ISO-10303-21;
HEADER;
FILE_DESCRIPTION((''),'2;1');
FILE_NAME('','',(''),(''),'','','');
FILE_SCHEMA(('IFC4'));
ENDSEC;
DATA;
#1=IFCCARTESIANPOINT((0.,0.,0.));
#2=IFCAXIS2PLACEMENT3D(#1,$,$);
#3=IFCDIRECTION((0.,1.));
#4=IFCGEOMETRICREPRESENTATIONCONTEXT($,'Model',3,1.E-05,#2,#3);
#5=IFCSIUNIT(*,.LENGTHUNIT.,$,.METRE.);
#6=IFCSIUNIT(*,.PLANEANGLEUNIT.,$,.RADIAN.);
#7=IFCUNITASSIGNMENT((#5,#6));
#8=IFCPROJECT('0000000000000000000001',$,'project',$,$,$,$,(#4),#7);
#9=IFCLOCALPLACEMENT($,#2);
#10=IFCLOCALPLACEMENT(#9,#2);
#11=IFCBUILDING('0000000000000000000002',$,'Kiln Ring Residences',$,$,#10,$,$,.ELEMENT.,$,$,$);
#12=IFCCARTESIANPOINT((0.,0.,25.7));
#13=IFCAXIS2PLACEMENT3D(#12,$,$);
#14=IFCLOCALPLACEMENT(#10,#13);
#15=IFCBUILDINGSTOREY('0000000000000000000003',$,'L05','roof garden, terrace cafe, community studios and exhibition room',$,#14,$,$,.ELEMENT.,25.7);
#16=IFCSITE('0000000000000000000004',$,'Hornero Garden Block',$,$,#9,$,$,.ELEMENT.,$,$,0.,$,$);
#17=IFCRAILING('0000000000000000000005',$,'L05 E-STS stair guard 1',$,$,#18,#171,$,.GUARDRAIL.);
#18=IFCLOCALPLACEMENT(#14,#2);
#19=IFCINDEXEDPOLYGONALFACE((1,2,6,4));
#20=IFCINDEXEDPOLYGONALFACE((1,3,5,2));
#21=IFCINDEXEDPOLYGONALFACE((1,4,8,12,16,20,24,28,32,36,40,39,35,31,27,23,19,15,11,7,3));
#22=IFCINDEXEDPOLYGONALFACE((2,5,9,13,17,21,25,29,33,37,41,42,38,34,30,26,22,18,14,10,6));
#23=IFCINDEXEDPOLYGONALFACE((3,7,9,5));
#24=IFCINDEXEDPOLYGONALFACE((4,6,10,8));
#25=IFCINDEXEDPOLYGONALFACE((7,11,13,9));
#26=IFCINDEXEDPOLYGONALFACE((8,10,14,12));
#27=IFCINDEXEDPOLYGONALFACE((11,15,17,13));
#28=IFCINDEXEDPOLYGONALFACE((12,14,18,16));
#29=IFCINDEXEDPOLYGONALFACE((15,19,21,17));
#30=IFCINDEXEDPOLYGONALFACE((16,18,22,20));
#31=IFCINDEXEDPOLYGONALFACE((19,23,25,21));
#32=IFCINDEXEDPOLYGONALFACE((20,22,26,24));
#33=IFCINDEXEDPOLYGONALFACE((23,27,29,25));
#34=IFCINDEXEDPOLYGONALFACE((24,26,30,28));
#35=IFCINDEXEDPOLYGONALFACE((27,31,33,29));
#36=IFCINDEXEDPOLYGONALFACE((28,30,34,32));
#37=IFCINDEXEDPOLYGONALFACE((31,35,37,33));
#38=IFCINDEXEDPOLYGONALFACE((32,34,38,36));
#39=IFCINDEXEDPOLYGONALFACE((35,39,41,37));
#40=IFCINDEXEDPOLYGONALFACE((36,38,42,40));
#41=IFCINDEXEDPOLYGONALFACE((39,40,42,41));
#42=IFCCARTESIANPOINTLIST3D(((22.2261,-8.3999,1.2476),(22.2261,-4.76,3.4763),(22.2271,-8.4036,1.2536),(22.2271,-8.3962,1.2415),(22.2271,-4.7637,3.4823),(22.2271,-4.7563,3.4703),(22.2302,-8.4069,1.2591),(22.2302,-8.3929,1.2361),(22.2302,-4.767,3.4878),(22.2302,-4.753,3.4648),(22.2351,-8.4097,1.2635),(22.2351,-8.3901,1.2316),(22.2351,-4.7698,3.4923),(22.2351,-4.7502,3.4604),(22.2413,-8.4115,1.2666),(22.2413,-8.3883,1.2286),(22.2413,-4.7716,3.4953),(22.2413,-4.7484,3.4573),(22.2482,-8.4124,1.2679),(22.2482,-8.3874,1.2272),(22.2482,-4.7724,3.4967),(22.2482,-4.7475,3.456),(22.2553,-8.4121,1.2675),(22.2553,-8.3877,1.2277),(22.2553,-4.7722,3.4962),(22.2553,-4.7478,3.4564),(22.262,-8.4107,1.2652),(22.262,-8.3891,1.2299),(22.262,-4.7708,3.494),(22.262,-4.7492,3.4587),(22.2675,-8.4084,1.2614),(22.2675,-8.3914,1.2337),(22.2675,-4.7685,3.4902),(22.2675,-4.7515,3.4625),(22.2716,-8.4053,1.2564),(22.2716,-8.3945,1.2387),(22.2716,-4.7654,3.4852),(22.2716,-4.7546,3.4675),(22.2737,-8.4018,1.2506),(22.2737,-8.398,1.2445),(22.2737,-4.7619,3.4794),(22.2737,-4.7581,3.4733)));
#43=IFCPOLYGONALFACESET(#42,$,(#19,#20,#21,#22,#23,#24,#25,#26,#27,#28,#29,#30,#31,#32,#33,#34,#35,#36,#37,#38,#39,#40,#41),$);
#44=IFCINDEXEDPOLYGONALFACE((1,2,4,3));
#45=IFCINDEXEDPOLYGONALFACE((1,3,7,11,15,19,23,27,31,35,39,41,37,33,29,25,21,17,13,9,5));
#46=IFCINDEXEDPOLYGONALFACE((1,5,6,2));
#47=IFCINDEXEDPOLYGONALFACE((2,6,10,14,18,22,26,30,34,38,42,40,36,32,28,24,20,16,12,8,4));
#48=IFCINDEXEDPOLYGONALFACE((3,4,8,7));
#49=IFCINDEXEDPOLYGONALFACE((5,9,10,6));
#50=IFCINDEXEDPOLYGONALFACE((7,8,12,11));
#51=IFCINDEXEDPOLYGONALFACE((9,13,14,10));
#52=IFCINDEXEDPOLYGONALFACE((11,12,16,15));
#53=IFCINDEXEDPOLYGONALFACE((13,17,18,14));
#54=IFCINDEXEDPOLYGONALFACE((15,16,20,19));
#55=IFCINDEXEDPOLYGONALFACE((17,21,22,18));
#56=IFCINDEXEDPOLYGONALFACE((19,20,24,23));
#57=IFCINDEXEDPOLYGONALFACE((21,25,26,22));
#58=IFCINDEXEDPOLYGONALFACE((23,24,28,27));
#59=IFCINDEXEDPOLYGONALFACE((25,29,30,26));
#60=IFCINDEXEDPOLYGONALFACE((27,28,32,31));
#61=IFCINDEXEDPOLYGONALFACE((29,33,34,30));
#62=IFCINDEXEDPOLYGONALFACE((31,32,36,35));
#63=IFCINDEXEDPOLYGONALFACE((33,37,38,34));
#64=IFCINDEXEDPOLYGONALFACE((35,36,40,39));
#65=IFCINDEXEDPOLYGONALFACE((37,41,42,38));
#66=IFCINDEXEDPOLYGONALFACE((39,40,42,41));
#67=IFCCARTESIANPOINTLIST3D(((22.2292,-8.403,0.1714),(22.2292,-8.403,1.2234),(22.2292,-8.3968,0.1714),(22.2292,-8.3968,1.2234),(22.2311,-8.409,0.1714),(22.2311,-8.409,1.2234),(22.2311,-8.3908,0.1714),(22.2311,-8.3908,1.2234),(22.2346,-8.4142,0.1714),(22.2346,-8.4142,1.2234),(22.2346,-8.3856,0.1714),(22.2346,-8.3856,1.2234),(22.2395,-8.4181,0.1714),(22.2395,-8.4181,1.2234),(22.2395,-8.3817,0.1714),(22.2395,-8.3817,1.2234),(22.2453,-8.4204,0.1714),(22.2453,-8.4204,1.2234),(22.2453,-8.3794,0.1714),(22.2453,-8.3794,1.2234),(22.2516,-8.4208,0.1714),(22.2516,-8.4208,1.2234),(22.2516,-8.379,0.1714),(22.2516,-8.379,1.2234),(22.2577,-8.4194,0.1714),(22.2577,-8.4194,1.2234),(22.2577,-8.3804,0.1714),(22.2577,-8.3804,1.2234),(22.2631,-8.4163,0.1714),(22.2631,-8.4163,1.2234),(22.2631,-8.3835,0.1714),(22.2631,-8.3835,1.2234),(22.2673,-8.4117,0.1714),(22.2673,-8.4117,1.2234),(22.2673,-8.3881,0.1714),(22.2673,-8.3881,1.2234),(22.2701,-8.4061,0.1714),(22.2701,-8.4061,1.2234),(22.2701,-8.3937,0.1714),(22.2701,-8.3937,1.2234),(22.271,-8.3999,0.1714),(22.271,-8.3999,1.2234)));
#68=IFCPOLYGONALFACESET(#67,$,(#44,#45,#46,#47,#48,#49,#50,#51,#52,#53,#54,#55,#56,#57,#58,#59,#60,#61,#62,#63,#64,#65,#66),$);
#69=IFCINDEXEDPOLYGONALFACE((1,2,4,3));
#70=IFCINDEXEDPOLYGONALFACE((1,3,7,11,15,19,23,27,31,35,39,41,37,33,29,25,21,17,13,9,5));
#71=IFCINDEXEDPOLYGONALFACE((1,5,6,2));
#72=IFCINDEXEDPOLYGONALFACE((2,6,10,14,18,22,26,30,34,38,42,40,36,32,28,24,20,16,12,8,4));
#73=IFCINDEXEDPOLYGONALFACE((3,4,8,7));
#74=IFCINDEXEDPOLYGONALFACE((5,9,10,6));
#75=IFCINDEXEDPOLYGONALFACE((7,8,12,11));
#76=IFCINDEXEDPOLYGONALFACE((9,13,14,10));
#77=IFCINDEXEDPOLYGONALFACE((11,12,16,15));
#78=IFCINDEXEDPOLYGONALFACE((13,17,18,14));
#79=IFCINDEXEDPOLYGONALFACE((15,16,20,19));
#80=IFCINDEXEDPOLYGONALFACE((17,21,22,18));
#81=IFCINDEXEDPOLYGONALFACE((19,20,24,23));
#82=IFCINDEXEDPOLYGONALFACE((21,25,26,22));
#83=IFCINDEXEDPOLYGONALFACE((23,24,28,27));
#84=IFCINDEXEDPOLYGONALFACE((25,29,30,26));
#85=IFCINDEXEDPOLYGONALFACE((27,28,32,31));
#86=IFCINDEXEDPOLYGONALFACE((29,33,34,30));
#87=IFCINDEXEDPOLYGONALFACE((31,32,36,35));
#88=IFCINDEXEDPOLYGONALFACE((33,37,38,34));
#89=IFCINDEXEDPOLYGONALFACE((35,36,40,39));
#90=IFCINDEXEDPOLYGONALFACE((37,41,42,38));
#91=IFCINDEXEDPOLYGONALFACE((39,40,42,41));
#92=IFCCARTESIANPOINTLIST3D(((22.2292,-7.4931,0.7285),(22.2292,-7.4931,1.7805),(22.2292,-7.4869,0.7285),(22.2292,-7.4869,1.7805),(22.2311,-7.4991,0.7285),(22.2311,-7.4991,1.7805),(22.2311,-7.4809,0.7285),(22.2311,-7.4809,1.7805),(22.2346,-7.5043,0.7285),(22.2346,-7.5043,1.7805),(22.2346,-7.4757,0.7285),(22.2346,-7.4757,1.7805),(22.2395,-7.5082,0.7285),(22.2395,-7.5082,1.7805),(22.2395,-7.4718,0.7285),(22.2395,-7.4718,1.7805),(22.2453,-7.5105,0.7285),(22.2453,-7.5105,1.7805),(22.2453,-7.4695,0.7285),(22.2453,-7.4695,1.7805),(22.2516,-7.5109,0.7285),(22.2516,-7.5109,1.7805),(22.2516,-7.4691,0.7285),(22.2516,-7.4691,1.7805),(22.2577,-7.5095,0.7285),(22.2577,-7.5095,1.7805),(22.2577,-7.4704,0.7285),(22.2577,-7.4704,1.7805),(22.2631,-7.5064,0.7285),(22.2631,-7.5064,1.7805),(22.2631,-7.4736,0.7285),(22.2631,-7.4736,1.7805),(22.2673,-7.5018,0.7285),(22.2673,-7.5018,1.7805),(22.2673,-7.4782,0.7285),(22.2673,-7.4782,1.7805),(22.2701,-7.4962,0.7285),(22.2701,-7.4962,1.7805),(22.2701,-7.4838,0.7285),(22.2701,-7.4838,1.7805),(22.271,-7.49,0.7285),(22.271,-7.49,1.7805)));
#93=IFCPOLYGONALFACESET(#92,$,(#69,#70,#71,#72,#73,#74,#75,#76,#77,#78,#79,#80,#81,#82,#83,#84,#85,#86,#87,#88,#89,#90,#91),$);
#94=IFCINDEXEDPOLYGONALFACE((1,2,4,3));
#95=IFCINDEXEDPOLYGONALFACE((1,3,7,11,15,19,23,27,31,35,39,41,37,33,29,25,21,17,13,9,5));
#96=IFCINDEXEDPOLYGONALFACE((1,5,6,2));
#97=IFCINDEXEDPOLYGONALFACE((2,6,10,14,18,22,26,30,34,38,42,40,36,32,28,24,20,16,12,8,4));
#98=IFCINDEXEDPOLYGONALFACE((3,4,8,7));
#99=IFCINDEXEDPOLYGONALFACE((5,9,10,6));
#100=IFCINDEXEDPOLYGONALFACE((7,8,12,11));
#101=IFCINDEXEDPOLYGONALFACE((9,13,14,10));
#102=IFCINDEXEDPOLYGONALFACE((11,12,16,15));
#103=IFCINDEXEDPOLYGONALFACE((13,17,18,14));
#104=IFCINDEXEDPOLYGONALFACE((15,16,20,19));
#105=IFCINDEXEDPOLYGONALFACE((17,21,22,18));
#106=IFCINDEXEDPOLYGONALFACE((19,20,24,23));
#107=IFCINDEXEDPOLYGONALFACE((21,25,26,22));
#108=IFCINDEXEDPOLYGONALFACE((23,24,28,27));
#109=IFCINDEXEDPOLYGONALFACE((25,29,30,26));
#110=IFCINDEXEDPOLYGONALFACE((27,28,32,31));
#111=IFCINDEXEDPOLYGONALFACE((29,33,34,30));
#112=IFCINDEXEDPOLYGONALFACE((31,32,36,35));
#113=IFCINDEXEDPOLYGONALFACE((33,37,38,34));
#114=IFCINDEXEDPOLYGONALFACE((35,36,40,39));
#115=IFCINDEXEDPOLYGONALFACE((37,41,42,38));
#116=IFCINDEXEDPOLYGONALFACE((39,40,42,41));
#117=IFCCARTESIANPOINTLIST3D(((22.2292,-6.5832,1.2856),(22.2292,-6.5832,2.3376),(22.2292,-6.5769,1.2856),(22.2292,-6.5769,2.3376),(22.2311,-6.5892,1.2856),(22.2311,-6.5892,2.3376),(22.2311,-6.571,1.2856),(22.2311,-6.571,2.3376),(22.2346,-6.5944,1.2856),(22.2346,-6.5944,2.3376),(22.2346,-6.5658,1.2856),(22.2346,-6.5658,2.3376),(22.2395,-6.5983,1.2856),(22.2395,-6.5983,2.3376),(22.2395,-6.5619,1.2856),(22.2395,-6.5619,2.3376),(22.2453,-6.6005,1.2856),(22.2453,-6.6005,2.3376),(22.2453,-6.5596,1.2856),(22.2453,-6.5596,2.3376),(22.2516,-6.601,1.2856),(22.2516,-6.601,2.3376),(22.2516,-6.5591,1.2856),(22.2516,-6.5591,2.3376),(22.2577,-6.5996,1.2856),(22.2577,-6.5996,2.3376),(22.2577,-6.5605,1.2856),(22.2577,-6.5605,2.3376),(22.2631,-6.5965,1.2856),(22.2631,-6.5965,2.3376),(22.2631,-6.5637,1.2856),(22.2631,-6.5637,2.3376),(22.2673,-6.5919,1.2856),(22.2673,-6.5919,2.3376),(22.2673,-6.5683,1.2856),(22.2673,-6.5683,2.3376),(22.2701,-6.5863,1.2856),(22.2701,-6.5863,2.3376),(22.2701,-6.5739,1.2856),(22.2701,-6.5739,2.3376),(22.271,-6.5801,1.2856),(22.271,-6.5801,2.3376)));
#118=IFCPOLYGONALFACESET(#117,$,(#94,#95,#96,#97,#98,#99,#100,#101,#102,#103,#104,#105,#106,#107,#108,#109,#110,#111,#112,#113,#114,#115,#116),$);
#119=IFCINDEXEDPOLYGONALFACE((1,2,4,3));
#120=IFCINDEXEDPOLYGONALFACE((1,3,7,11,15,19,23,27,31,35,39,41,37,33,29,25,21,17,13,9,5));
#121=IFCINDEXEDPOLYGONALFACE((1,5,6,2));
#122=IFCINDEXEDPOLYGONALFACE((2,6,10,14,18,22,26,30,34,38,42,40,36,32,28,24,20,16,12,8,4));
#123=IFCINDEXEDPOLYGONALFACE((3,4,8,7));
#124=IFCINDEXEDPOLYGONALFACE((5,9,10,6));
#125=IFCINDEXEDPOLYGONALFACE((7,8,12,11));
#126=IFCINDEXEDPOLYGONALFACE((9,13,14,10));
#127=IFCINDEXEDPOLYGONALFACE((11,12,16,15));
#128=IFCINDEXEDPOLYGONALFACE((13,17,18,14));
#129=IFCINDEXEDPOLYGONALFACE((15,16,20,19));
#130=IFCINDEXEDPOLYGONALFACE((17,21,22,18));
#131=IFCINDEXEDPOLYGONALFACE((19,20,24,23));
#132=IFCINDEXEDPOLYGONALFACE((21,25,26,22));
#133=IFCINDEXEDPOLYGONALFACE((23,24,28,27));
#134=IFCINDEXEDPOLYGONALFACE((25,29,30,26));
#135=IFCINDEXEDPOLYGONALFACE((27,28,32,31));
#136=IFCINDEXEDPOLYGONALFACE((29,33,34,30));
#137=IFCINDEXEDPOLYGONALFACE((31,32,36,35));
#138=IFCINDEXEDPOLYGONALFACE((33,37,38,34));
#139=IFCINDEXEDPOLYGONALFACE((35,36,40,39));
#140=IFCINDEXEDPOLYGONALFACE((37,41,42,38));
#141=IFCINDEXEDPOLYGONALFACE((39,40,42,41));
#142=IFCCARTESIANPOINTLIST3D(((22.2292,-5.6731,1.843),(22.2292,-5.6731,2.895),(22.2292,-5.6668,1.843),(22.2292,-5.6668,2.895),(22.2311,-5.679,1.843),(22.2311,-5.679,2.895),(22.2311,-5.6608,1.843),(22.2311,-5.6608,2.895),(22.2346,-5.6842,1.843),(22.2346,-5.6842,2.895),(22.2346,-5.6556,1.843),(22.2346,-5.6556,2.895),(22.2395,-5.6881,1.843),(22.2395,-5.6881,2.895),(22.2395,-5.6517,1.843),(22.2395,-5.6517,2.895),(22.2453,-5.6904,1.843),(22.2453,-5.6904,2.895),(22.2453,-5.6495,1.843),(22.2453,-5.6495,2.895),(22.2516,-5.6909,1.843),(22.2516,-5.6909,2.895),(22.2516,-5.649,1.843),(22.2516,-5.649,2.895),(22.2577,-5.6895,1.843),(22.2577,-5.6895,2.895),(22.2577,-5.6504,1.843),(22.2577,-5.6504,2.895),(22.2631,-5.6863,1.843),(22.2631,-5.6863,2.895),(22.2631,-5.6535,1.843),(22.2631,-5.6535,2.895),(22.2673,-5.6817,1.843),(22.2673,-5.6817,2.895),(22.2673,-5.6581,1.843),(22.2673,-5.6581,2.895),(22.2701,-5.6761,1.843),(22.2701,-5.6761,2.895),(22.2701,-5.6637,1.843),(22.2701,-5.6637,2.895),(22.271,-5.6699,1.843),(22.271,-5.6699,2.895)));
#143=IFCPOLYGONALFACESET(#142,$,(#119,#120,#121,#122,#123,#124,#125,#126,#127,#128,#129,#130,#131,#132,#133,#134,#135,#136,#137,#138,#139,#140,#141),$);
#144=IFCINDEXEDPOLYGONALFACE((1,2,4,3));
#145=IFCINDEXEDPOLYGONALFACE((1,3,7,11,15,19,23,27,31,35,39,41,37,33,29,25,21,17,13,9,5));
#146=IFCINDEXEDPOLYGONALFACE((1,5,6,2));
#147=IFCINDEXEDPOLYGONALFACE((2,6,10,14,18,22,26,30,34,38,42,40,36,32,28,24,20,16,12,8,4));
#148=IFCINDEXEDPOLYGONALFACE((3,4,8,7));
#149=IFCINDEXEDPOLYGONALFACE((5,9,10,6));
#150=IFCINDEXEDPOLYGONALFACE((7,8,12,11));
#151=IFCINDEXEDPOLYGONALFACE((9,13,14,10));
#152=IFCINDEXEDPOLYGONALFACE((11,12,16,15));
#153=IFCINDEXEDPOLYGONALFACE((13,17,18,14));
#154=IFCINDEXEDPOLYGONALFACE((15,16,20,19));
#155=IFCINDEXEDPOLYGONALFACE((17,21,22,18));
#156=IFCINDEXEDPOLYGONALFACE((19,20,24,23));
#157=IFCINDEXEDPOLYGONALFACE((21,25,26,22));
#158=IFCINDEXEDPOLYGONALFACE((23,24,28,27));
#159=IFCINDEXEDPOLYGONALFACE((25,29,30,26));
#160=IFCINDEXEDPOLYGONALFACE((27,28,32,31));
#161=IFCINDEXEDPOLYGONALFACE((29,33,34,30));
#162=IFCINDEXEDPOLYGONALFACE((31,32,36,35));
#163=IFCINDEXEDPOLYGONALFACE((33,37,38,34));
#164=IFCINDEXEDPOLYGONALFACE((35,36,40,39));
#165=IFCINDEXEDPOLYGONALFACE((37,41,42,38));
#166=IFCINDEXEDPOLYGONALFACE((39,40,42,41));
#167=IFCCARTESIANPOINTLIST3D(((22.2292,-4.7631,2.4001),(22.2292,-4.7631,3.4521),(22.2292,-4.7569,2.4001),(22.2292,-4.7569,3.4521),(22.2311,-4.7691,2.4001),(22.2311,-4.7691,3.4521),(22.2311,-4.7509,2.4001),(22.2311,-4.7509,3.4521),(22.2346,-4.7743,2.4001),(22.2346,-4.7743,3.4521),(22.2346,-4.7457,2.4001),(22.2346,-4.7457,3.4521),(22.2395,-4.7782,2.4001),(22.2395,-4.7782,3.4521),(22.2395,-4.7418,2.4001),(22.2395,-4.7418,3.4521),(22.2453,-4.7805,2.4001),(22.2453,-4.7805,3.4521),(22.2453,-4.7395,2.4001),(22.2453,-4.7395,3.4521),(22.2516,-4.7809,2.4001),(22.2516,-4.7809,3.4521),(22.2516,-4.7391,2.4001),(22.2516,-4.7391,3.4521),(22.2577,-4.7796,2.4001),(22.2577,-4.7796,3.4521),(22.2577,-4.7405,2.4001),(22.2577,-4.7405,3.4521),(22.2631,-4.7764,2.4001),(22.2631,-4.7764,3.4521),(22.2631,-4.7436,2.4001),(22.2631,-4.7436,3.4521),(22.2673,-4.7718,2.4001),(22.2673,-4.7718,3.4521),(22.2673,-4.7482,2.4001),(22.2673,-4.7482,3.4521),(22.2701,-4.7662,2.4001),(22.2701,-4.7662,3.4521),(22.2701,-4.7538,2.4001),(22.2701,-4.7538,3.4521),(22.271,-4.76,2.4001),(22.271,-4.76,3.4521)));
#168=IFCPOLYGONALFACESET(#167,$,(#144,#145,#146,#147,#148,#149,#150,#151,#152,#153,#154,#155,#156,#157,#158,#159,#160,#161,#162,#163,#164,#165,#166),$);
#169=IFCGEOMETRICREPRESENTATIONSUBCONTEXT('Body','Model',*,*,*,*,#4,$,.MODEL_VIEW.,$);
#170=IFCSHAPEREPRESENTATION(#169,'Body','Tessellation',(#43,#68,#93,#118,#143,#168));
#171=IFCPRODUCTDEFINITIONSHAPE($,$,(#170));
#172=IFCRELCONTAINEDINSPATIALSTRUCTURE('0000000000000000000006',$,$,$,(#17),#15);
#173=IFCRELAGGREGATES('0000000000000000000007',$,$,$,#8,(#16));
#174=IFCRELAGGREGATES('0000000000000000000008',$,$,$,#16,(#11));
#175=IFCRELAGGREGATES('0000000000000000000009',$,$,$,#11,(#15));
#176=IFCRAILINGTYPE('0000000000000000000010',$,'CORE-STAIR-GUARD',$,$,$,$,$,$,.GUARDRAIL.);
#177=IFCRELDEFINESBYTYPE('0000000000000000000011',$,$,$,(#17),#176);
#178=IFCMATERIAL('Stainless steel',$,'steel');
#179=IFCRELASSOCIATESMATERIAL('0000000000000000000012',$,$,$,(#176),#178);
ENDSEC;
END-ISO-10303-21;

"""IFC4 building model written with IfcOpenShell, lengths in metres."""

from ifc_helpers import new_model, si_unit, direction, frame, origin, origin_2d, place, context, subcontext, project, spatial, circle, extrude, material, type_object, element, save


model = new_model("IFC4")

# Units and contexts
model_context = context("Model", 3, precision=1e-05, world=origin(), true_north=direction((0.0, 1.0)))
body_context = subcontext(model_context, "Body", "Model", "MODEL_VIEW")
ifc_project = project(units=[si_unit("LENGTHUNIT", "METRE"), si_unit("PLANEANGLEUNIT", "RADIAN")], contexts=[model_context])

# Site, building, storey
site_placement = place(None, origin())
site = spatial("IfcSite", under=ifc_project, at=site_placement, Name="Hornero Garden Block", CompositionType="ELEMENT", RefElevation=0.0)
building_placement = place(site_placement, origin())
building = spatial("IfcBuilding", under=site, at=building_placement, Name="Kiln Ring Residences", CompositionType="ELEMENT")
storey_placement = place(building_placement, frame((0.0, 0.0, 25.7)))
storey = spatial("IfcBuildingStorey", under=building, at=storey_placement, Name="L05", Description="roof garden, terrace cafe, community studios and exhibition room", CompositionType="ELEMENT", Elevation=25.7)

# Railing
ifc_material_1 = material(Name="Stainless steel", Category="steel")
railing_type_1 = type_object("IfcRailingType", Name="CORE-STAIR-GUARD", PredefinedType="GUARDRAIL", material=ifc_material_1)
railing_1_placement = place(storey_placement, frame((22.25, -8.3999, 0.1714)))
element("IfcRailing", 1, at=railing_1_placement, inside=storey, type_object=railing_type_1, Name="L05 E-STS stair guard 1", PredefinedType="GUARDRAIL", context=body_context, shape_type="SweptSolid", body=[
    extrude(circle(Radius=0.0239, at=origin_2d()), frame((0.0, 0.0, 1.0762), z_axis=(0.0, 0.852825, 0.522197), x_axis=(-1.0, 0.0, 0.0)), (0.0, 0.0, 1.0), 4.2681),
    extrude(circle(Radius=0.021, at=origin_2d()), origin(), (0.0, 0.0, 1.0), 1.052),
    extrude(circle(Radius=0.021, at=origin_2d()), frame((0.0, 0.9099, 0.5571)), (0.0, 0.0, 1.0), 1.052),
    extrude(circle(Radius=0.021, at=origin_2d()), frame((0.0, 1.8198, 1.1143)), (0.0, 0.0, 1.0), 1.052),
    extrude(circle(Radius=0.021, at=origin_2d()), frame((0.0, 2.73, 1.6716)), (0.0, 0.0, 1.0), 1.052),
    extrude(circle(Radius=0.021, at=origin_2d()), frame((0.0, 3.6399, 2.2288)), (0.0, 0.0, 1.0), 1.052),
])

save(model, "model.ifc")
